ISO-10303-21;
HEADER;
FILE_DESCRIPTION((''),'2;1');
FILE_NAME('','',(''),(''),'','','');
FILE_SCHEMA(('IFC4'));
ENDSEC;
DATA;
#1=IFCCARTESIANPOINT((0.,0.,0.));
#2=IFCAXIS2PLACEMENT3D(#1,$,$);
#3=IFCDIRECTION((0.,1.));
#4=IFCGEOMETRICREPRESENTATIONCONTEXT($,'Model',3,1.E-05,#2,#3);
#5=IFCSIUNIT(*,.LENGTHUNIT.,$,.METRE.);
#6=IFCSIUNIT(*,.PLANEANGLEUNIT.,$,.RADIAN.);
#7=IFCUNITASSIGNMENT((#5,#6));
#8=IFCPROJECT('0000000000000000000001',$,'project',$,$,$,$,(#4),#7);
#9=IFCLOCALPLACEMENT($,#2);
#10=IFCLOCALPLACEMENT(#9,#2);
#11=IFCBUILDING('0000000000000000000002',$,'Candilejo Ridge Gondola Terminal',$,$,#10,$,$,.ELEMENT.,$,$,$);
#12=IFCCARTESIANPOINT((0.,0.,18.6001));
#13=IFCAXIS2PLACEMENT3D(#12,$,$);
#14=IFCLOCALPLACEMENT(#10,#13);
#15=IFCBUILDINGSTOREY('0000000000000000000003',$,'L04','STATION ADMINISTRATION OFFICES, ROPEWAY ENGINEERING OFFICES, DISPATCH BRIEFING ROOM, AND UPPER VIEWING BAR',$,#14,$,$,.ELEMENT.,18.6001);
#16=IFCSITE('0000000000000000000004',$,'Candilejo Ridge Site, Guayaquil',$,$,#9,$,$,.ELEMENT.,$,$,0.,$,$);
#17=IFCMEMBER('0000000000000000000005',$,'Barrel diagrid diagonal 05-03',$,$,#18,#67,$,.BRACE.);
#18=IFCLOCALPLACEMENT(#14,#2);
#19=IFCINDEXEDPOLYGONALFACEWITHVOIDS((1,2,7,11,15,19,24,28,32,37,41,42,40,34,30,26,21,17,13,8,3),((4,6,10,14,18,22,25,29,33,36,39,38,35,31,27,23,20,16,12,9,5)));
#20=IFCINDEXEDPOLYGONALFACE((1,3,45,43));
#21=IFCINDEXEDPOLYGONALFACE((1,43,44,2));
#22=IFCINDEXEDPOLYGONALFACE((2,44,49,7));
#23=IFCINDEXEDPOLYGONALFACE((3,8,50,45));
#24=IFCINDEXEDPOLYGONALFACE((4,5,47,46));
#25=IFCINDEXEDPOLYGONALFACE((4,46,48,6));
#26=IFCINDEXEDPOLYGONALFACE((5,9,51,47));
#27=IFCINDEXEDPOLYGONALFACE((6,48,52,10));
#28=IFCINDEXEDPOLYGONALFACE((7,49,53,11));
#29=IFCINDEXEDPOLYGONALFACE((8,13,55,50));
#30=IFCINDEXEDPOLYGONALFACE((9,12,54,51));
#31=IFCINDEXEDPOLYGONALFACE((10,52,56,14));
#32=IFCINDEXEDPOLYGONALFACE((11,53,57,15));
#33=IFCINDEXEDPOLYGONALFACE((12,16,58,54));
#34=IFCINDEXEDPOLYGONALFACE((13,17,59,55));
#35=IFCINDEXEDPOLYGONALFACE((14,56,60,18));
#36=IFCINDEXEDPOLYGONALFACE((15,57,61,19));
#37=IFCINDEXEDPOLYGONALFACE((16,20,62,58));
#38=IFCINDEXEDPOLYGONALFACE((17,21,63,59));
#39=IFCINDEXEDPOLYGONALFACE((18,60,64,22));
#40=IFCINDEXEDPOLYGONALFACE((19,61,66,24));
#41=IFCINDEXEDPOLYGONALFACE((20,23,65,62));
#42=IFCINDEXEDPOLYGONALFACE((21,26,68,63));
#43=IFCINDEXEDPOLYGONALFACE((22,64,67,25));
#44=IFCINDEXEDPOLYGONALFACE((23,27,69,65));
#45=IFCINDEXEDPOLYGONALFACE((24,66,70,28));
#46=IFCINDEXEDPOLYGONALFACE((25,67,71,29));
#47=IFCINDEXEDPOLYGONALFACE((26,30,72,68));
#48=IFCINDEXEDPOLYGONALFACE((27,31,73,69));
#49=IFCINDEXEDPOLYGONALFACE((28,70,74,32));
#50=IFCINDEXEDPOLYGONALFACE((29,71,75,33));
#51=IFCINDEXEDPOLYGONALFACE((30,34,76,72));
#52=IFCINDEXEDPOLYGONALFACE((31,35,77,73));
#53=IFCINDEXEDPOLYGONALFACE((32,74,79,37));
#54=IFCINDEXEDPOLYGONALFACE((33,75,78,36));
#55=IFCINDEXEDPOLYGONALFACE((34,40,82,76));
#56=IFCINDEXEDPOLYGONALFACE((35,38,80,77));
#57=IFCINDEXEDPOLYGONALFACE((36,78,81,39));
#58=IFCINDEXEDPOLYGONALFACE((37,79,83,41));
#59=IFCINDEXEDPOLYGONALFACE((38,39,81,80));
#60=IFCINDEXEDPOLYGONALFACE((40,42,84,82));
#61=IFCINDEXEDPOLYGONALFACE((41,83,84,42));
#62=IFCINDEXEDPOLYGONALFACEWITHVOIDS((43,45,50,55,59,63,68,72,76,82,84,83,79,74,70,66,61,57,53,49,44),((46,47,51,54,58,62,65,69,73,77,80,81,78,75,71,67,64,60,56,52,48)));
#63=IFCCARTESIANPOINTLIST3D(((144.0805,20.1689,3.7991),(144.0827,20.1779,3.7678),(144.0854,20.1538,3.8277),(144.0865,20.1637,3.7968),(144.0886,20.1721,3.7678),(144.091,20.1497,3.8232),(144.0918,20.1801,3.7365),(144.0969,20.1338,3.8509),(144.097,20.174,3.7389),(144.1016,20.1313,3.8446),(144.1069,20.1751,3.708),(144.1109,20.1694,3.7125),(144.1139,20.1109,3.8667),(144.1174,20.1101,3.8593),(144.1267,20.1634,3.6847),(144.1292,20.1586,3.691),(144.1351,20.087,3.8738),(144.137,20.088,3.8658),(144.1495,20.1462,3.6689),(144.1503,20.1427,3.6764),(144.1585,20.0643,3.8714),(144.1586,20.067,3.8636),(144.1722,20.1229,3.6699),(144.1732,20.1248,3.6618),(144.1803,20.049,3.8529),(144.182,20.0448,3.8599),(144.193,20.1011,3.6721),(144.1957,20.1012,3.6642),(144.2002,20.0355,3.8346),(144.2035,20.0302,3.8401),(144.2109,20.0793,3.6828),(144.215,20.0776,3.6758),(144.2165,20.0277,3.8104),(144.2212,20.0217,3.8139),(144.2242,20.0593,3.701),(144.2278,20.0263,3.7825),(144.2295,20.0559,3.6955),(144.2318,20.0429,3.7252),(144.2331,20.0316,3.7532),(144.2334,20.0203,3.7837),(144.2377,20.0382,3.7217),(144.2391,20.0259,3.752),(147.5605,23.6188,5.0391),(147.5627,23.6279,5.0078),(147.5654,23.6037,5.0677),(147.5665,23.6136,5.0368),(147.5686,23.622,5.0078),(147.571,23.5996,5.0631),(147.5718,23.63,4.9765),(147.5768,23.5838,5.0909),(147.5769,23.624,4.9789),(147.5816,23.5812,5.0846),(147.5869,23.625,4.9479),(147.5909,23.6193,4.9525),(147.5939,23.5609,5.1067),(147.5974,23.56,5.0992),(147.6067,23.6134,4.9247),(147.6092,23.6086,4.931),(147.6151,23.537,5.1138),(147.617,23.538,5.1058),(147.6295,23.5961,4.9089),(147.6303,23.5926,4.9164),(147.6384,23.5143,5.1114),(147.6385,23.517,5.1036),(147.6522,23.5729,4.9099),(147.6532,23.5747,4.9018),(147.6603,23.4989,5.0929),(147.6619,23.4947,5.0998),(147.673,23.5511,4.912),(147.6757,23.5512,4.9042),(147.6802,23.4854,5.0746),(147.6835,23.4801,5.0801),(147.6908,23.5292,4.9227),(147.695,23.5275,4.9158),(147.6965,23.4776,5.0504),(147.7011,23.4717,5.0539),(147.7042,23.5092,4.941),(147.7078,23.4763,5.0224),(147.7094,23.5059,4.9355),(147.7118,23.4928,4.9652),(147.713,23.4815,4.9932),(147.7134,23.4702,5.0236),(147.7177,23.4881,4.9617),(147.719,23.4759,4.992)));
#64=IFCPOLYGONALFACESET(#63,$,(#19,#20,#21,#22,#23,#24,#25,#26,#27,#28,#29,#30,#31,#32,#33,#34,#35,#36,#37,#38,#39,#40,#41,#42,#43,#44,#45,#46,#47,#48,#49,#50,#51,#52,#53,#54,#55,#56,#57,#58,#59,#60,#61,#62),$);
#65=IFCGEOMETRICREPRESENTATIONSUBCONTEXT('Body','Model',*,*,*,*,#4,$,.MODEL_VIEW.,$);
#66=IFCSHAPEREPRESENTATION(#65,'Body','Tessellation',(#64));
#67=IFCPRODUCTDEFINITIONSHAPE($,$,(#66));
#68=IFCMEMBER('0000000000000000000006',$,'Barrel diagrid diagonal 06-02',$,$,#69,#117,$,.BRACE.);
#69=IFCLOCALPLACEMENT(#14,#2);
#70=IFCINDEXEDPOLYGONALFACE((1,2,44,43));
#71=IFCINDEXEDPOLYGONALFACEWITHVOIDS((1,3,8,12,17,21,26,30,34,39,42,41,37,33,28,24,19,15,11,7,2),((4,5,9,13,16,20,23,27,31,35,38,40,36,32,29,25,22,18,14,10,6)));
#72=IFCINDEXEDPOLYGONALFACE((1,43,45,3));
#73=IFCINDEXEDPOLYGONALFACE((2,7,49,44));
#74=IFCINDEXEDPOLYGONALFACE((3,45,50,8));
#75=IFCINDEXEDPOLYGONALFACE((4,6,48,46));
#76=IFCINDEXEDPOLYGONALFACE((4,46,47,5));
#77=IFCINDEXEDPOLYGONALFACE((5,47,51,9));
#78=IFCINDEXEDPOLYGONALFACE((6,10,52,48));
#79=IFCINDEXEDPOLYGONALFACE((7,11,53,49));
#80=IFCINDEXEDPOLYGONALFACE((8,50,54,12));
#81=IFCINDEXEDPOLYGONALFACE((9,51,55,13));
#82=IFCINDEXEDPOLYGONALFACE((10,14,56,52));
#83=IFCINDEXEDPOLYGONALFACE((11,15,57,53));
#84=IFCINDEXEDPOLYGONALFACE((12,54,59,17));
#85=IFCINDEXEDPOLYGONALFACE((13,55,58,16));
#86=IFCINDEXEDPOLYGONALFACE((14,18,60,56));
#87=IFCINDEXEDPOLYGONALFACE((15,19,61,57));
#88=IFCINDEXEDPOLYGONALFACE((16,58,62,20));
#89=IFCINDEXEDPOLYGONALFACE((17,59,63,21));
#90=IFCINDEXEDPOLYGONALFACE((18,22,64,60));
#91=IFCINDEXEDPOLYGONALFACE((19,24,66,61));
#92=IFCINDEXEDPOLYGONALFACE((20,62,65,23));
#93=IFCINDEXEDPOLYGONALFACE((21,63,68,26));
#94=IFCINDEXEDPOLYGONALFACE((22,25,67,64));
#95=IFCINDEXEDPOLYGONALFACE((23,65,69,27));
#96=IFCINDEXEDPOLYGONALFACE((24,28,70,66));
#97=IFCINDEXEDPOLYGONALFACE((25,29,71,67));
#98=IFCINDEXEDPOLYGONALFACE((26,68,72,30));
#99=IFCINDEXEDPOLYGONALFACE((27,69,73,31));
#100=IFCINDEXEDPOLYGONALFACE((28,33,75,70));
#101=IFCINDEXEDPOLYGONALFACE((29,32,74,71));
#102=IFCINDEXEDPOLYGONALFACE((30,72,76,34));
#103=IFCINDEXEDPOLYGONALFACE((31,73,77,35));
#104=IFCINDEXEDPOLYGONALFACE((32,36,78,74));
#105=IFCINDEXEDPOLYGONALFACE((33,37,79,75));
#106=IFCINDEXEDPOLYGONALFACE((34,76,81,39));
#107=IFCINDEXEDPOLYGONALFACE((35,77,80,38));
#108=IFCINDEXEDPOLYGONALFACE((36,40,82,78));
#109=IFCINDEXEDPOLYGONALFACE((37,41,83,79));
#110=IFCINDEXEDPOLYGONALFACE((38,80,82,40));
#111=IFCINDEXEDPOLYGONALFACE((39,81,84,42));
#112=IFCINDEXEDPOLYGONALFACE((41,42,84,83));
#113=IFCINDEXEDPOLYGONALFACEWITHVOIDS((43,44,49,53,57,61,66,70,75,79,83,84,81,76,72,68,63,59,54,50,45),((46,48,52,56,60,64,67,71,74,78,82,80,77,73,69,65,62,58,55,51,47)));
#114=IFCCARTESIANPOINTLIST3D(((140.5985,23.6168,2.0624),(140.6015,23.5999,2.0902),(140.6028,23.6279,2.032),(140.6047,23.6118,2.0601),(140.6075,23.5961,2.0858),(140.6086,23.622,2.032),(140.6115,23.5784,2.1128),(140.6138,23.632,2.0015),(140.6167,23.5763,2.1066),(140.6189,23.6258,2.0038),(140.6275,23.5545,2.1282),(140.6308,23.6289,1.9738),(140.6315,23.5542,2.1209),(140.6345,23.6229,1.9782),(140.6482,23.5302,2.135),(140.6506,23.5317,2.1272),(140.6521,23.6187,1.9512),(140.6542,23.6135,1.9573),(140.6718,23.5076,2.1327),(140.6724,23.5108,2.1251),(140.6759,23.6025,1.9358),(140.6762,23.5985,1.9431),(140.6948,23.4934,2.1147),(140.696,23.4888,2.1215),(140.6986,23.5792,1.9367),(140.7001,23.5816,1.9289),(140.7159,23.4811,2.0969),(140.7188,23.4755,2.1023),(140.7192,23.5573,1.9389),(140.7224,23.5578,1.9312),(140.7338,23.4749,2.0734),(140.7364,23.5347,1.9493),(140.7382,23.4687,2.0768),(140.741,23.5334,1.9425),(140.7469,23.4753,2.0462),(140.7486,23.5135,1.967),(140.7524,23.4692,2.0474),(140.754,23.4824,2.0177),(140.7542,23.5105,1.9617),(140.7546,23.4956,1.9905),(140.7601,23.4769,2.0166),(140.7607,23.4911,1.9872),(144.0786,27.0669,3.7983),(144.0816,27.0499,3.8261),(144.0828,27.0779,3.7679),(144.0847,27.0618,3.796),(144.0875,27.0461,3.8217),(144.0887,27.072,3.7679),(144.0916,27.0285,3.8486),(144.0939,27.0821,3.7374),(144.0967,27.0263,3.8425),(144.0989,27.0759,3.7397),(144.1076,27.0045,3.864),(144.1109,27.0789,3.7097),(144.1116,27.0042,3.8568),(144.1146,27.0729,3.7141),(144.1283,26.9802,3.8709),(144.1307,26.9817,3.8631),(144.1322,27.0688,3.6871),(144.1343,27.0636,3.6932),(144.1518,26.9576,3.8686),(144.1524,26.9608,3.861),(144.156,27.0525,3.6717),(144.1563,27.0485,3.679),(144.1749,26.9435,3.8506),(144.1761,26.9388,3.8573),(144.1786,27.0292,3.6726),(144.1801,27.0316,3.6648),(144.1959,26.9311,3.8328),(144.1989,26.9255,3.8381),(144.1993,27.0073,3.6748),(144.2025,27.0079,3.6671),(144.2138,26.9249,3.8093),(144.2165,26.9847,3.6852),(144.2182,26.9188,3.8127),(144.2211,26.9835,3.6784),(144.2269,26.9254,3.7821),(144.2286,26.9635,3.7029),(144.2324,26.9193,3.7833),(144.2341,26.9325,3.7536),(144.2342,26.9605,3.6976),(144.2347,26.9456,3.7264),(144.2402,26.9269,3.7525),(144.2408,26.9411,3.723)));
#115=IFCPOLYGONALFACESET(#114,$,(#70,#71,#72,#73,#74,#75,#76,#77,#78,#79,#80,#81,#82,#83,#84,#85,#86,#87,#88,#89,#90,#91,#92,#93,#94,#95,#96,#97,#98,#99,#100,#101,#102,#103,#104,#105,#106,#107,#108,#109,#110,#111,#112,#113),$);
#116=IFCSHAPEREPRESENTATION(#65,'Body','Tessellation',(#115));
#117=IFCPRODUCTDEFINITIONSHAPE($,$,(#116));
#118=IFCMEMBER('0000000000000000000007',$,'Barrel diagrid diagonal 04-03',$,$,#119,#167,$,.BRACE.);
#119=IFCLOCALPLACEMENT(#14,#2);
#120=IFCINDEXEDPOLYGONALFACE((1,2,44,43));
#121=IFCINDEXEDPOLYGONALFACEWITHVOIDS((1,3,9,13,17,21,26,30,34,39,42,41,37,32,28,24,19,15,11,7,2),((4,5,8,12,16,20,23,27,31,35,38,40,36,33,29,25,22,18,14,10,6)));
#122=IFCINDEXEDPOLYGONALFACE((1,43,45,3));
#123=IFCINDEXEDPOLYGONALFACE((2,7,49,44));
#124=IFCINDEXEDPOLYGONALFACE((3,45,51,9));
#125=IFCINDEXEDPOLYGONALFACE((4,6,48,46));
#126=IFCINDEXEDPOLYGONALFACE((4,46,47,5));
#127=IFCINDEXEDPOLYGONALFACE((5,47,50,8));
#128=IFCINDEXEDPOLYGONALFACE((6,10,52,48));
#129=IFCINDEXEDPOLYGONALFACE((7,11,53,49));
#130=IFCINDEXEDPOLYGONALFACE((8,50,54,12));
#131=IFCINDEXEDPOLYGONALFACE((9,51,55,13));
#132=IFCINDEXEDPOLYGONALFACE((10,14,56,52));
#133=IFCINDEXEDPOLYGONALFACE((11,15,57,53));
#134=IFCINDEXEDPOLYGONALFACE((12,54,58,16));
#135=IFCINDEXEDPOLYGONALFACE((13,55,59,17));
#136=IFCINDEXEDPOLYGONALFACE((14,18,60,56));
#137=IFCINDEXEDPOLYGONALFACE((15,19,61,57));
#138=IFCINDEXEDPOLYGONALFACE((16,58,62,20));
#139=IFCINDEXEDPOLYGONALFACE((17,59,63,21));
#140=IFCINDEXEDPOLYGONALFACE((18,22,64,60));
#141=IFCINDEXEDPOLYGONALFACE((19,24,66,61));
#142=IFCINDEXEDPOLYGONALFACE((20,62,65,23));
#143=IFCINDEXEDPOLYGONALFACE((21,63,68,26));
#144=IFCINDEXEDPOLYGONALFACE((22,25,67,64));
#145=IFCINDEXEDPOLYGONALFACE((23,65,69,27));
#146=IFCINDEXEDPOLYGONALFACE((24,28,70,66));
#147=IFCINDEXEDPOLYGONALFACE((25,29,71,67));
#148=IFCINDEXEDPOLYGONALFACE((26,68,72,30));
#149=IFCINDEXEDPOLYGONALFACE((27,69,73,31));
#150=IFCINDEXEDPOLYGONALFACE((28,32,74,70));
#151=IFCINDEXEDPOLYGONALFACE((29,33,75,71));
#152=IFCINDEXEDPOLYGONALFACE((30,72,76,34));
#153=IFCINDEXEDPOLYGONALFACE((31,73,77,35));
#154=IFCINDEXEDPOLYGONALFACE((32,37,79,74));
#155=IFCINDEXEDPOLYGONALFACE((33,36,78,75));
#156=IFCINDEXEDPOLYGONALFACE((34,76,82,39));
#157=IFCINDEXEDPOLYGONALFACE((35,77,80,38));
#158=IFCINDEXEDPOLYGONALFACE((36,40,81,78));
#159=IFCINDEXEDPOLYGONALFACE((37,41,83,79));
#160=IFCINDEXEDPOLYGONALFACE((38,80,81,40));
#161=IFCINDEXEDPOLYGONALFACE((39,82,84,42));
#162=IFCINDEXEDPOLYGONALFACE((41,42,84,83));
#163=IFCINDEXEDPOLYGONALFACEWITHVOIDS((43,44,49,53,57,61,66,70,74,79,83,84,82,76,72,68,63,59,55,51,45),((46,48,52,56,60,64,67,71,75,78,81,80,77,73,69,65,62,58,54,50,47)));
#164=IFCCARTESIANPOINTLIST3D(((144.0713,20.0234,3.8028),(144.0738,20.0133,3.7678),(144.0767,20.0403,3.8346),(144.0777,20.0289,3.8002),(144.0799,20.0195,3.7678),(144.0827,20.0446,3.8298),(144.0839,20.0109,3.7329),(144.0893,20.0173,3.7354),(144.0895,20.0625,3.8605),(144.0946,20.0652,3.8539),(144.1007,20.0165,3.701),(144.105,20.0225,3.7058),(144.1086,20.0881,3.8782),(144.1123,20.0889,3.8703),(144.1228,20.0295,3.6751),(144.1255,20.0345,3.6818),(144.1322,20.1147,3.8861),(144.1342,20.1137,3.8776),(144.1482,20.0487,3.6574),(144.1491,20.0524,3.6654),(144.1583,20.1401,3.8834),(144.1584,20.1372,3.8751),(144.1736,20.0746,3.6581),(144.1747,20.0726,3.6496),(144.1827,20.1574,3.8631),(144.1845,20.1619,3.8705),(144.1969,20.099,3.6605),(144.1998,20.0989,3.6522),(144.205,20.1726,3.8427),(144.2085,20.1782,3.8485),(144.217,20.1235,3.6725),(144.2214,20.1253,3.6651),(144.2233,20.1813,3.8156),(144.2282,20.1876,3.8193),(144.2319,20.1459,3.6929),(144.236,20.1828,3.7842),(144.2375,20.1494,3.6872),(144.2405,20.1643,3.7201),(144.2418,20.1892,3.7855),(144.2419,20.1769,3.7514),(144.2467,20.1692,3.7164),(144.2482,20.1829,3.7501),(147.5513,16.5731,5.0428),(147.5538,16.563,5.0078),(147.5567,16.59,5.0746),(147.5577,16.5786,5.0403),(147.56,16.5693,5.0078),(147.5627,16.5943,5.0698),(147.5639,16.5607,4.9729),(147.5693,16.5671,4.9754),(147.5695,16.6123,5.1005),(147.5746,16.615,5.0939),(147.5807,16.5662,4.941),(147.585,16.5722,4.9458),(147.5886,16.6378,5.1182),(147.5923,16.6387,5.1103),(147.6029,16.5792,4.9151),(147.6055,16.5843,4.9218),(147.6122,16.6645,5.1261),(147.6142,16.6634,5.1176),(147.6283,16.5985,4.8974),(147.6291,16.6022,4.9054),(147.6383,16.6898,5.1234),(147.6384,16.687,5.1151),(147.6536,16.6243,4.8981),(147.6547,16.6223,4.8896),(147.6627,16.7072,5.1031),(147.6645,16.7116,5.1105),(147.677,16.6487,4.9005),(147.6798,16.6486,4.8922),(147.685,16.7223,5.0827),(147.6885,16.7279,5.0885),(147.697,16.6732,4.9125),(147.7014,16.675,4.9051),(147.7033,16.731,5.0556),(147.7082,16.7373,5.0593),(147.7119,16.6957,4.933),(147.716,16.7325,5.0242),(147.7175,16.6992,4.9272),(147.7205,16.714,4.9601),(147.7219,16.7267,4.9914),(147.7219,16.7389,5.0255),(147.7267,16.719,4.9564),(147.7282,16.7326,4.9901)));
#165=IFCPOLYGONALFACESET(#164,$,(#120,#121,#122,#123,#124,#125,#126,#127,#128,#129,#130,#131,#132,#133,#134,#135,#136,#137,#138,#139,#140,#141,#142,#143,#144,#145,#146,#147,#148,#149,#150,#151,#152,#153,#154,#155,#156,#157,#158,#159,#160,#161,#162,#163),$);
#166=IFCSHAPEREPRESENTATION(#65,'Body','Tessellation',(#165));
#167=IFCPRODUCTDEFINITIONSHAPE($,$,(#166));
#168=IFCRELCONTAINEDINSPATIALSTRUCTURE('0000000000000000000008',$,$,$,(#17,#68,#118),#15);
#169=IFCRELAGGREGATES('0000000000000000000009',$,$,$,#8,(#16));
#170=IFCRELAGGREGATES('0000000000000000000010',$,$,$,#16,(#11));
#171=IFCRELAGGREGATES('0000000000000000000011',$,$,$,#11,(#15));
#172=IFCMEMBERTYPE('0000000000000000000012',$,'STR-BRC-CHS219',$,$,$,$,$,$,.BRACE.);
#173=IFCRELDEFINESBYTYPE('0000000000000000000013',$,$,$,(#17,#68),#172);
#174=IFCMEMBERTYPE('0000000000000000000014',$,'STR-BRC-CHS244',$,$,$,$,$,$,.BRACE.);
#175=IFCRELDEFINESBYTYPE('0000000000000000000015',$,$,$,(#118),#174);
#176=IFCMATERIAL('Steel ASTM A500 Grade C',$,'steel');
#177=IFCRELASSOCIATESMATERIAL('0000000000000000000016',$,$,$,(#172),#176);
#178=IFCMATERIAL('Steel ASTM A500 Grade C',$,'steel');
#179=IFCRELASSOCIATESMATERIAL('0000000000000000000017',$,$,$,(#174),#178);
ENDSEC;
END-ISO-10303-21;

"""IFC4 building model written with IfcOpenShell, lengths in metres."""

from ifc_helpers import new_model, si_unit, direction, frame, origin, origin_2d, place, context, subcontext, project, spatial, hollow_circle, extrude, material, material_profile, profile_set, type_object, element, save


model = new_model("IFC4")

# Units and contexts
model_context = context("Model", 3, precision=1e-05, world=origin(), true_north=direction((0.0, 1.0)))
body_context = subcontext(model_context, "Body", "Model", "MODEL_VIEW")
ifc_project = project(units=[si_unit("LENGTHUNIT", "METRE"), si_unit("PLANEANGLEUNIT", "RADIAN")], contexts=[model_context])

# Site, building, storey
site_placement = place(None, origin())
site = spatial("IfcSite", under=ifc_project, at=site_placement, Name="Candilejo Ridge Site, Guayaquil", CompositionType="ELEMENT", RefElevation=0.0)
building_placement = place(site_placement, origin())
building = spatial("IfcBuilding", under=site, at=building_placement, Name="Candilejo Ridge Gondola Terminal", CompositionType="ELEMENT")
storey_placement = place(building_placement, frame((0.0, 0.0, 18.6001)))
storey = spatial("IfcBuildingStorey", under=building, at=storey_placement, Name="L04", Description="STATION ADMINISTRATION OFFICES, ROPEWAY ENGINEERING OFFICES, DISPATCH BRIEFING ROOM, AND UPPER VIEWING BAR", CompositionType="ELEMENT", Elevation=18.6001)

# Members
ifc_material_1 = material(Name="Steel ASTM A500 Grade C", Category="steel")
ifc_material_profile_1 = material_profile(ifc_material_1, hollow_circle(Radius=0.1096, WallThickness=0.0083, at=origin_2d()))
ifc_profile_set_1 = profile_set([ifc_material_profile_1], Name="Steel ASTM A500 Grade C")
member_type_1 = type_object("IfcMemberType", Name="STR-BRC-CHS219", PredefinedType="BRACE", material=ifc_profile_set_1)
member_1_placement = place(storey_placement, frame((144.1599, 20.1001, 3.7678), z_axis=(0.688464, 0.682523, 0.245314), x_axis=(-0.704036, 0.710164, 0.0)))
element("IfcMember", 1, at=member_1_placement, inside=storey, type_object=member_type_1, Name="Barrel diagrid diagonal 05-03", PredefinedType="BRACE", context=body_context, shape_type="SweptSolid", body=[
    extrude(hollow_circle(Radius=0.1096, WallThickness=0.0083, at=origin_2d()), origin(), (0.0, 0.0, 1.0), 5.0547),
])
member_2_placement = place(storey_placement, frame((140.6799, 23.55, 2.032), z_axis=(0.669406, 0.663629, 0.333904), x_axis=(-0.704036, 0.710164, 0.0)))
element("IfcMember", 2, at=member_2_placement, inside=storey, type_object=member_type_1, Name="Barrel diagrid diagonal 06-02", PredefinedType="BRACE", context=body_context, shape_type="SweptSolid", body=[
    extrude(hollow_circle(Radius=0.1096, WallThickness=0.0083, at=origin_2d()), origin(), (0.0, 0.0, 1.0), 5.1987),
])
ifc_material_2 = material(Name="Steel ASTM A500 Grade C", Category="steel")
ifc_material_profile_2 = material_profile(ifc_material_2, hollow_circle(Radius=0.1223, WallThickness=0.0088, at=origin_2d()))
ifc_profile_set_2 = profile_set([ifc_material_profile_2], Name="Steel ASTM A500 Grade C")
member_type_2 = type_object("IfcMemberType", Name="STR-BRC-CHS244", PredefinedType="BRACE", material=ifc_profile_set_2)
member_3_placement = place(storey_placement, frame((147.6399, 16.6499, 5.0078), z_axis=(-0.688441, 0.682549, -0.245306), x_axis=(-0.704061, -0.710139, 0.0)))
element("IfcMember", 3, at=member_3_placement, inside=storey, type_object=member_type_2, Name="Barrel diagrid diagonal 04-03", PredefinedType="BRACE", context=body_context, shape_type="SweptSolid", body=[
    extrude(hollow_circle(Radius=0.1223, WallThickness=0.0088, at=origin_2d()), origin(), (0.0, 0.0, 1.0), 5.0549),
])

save(model, "model.ifc")
